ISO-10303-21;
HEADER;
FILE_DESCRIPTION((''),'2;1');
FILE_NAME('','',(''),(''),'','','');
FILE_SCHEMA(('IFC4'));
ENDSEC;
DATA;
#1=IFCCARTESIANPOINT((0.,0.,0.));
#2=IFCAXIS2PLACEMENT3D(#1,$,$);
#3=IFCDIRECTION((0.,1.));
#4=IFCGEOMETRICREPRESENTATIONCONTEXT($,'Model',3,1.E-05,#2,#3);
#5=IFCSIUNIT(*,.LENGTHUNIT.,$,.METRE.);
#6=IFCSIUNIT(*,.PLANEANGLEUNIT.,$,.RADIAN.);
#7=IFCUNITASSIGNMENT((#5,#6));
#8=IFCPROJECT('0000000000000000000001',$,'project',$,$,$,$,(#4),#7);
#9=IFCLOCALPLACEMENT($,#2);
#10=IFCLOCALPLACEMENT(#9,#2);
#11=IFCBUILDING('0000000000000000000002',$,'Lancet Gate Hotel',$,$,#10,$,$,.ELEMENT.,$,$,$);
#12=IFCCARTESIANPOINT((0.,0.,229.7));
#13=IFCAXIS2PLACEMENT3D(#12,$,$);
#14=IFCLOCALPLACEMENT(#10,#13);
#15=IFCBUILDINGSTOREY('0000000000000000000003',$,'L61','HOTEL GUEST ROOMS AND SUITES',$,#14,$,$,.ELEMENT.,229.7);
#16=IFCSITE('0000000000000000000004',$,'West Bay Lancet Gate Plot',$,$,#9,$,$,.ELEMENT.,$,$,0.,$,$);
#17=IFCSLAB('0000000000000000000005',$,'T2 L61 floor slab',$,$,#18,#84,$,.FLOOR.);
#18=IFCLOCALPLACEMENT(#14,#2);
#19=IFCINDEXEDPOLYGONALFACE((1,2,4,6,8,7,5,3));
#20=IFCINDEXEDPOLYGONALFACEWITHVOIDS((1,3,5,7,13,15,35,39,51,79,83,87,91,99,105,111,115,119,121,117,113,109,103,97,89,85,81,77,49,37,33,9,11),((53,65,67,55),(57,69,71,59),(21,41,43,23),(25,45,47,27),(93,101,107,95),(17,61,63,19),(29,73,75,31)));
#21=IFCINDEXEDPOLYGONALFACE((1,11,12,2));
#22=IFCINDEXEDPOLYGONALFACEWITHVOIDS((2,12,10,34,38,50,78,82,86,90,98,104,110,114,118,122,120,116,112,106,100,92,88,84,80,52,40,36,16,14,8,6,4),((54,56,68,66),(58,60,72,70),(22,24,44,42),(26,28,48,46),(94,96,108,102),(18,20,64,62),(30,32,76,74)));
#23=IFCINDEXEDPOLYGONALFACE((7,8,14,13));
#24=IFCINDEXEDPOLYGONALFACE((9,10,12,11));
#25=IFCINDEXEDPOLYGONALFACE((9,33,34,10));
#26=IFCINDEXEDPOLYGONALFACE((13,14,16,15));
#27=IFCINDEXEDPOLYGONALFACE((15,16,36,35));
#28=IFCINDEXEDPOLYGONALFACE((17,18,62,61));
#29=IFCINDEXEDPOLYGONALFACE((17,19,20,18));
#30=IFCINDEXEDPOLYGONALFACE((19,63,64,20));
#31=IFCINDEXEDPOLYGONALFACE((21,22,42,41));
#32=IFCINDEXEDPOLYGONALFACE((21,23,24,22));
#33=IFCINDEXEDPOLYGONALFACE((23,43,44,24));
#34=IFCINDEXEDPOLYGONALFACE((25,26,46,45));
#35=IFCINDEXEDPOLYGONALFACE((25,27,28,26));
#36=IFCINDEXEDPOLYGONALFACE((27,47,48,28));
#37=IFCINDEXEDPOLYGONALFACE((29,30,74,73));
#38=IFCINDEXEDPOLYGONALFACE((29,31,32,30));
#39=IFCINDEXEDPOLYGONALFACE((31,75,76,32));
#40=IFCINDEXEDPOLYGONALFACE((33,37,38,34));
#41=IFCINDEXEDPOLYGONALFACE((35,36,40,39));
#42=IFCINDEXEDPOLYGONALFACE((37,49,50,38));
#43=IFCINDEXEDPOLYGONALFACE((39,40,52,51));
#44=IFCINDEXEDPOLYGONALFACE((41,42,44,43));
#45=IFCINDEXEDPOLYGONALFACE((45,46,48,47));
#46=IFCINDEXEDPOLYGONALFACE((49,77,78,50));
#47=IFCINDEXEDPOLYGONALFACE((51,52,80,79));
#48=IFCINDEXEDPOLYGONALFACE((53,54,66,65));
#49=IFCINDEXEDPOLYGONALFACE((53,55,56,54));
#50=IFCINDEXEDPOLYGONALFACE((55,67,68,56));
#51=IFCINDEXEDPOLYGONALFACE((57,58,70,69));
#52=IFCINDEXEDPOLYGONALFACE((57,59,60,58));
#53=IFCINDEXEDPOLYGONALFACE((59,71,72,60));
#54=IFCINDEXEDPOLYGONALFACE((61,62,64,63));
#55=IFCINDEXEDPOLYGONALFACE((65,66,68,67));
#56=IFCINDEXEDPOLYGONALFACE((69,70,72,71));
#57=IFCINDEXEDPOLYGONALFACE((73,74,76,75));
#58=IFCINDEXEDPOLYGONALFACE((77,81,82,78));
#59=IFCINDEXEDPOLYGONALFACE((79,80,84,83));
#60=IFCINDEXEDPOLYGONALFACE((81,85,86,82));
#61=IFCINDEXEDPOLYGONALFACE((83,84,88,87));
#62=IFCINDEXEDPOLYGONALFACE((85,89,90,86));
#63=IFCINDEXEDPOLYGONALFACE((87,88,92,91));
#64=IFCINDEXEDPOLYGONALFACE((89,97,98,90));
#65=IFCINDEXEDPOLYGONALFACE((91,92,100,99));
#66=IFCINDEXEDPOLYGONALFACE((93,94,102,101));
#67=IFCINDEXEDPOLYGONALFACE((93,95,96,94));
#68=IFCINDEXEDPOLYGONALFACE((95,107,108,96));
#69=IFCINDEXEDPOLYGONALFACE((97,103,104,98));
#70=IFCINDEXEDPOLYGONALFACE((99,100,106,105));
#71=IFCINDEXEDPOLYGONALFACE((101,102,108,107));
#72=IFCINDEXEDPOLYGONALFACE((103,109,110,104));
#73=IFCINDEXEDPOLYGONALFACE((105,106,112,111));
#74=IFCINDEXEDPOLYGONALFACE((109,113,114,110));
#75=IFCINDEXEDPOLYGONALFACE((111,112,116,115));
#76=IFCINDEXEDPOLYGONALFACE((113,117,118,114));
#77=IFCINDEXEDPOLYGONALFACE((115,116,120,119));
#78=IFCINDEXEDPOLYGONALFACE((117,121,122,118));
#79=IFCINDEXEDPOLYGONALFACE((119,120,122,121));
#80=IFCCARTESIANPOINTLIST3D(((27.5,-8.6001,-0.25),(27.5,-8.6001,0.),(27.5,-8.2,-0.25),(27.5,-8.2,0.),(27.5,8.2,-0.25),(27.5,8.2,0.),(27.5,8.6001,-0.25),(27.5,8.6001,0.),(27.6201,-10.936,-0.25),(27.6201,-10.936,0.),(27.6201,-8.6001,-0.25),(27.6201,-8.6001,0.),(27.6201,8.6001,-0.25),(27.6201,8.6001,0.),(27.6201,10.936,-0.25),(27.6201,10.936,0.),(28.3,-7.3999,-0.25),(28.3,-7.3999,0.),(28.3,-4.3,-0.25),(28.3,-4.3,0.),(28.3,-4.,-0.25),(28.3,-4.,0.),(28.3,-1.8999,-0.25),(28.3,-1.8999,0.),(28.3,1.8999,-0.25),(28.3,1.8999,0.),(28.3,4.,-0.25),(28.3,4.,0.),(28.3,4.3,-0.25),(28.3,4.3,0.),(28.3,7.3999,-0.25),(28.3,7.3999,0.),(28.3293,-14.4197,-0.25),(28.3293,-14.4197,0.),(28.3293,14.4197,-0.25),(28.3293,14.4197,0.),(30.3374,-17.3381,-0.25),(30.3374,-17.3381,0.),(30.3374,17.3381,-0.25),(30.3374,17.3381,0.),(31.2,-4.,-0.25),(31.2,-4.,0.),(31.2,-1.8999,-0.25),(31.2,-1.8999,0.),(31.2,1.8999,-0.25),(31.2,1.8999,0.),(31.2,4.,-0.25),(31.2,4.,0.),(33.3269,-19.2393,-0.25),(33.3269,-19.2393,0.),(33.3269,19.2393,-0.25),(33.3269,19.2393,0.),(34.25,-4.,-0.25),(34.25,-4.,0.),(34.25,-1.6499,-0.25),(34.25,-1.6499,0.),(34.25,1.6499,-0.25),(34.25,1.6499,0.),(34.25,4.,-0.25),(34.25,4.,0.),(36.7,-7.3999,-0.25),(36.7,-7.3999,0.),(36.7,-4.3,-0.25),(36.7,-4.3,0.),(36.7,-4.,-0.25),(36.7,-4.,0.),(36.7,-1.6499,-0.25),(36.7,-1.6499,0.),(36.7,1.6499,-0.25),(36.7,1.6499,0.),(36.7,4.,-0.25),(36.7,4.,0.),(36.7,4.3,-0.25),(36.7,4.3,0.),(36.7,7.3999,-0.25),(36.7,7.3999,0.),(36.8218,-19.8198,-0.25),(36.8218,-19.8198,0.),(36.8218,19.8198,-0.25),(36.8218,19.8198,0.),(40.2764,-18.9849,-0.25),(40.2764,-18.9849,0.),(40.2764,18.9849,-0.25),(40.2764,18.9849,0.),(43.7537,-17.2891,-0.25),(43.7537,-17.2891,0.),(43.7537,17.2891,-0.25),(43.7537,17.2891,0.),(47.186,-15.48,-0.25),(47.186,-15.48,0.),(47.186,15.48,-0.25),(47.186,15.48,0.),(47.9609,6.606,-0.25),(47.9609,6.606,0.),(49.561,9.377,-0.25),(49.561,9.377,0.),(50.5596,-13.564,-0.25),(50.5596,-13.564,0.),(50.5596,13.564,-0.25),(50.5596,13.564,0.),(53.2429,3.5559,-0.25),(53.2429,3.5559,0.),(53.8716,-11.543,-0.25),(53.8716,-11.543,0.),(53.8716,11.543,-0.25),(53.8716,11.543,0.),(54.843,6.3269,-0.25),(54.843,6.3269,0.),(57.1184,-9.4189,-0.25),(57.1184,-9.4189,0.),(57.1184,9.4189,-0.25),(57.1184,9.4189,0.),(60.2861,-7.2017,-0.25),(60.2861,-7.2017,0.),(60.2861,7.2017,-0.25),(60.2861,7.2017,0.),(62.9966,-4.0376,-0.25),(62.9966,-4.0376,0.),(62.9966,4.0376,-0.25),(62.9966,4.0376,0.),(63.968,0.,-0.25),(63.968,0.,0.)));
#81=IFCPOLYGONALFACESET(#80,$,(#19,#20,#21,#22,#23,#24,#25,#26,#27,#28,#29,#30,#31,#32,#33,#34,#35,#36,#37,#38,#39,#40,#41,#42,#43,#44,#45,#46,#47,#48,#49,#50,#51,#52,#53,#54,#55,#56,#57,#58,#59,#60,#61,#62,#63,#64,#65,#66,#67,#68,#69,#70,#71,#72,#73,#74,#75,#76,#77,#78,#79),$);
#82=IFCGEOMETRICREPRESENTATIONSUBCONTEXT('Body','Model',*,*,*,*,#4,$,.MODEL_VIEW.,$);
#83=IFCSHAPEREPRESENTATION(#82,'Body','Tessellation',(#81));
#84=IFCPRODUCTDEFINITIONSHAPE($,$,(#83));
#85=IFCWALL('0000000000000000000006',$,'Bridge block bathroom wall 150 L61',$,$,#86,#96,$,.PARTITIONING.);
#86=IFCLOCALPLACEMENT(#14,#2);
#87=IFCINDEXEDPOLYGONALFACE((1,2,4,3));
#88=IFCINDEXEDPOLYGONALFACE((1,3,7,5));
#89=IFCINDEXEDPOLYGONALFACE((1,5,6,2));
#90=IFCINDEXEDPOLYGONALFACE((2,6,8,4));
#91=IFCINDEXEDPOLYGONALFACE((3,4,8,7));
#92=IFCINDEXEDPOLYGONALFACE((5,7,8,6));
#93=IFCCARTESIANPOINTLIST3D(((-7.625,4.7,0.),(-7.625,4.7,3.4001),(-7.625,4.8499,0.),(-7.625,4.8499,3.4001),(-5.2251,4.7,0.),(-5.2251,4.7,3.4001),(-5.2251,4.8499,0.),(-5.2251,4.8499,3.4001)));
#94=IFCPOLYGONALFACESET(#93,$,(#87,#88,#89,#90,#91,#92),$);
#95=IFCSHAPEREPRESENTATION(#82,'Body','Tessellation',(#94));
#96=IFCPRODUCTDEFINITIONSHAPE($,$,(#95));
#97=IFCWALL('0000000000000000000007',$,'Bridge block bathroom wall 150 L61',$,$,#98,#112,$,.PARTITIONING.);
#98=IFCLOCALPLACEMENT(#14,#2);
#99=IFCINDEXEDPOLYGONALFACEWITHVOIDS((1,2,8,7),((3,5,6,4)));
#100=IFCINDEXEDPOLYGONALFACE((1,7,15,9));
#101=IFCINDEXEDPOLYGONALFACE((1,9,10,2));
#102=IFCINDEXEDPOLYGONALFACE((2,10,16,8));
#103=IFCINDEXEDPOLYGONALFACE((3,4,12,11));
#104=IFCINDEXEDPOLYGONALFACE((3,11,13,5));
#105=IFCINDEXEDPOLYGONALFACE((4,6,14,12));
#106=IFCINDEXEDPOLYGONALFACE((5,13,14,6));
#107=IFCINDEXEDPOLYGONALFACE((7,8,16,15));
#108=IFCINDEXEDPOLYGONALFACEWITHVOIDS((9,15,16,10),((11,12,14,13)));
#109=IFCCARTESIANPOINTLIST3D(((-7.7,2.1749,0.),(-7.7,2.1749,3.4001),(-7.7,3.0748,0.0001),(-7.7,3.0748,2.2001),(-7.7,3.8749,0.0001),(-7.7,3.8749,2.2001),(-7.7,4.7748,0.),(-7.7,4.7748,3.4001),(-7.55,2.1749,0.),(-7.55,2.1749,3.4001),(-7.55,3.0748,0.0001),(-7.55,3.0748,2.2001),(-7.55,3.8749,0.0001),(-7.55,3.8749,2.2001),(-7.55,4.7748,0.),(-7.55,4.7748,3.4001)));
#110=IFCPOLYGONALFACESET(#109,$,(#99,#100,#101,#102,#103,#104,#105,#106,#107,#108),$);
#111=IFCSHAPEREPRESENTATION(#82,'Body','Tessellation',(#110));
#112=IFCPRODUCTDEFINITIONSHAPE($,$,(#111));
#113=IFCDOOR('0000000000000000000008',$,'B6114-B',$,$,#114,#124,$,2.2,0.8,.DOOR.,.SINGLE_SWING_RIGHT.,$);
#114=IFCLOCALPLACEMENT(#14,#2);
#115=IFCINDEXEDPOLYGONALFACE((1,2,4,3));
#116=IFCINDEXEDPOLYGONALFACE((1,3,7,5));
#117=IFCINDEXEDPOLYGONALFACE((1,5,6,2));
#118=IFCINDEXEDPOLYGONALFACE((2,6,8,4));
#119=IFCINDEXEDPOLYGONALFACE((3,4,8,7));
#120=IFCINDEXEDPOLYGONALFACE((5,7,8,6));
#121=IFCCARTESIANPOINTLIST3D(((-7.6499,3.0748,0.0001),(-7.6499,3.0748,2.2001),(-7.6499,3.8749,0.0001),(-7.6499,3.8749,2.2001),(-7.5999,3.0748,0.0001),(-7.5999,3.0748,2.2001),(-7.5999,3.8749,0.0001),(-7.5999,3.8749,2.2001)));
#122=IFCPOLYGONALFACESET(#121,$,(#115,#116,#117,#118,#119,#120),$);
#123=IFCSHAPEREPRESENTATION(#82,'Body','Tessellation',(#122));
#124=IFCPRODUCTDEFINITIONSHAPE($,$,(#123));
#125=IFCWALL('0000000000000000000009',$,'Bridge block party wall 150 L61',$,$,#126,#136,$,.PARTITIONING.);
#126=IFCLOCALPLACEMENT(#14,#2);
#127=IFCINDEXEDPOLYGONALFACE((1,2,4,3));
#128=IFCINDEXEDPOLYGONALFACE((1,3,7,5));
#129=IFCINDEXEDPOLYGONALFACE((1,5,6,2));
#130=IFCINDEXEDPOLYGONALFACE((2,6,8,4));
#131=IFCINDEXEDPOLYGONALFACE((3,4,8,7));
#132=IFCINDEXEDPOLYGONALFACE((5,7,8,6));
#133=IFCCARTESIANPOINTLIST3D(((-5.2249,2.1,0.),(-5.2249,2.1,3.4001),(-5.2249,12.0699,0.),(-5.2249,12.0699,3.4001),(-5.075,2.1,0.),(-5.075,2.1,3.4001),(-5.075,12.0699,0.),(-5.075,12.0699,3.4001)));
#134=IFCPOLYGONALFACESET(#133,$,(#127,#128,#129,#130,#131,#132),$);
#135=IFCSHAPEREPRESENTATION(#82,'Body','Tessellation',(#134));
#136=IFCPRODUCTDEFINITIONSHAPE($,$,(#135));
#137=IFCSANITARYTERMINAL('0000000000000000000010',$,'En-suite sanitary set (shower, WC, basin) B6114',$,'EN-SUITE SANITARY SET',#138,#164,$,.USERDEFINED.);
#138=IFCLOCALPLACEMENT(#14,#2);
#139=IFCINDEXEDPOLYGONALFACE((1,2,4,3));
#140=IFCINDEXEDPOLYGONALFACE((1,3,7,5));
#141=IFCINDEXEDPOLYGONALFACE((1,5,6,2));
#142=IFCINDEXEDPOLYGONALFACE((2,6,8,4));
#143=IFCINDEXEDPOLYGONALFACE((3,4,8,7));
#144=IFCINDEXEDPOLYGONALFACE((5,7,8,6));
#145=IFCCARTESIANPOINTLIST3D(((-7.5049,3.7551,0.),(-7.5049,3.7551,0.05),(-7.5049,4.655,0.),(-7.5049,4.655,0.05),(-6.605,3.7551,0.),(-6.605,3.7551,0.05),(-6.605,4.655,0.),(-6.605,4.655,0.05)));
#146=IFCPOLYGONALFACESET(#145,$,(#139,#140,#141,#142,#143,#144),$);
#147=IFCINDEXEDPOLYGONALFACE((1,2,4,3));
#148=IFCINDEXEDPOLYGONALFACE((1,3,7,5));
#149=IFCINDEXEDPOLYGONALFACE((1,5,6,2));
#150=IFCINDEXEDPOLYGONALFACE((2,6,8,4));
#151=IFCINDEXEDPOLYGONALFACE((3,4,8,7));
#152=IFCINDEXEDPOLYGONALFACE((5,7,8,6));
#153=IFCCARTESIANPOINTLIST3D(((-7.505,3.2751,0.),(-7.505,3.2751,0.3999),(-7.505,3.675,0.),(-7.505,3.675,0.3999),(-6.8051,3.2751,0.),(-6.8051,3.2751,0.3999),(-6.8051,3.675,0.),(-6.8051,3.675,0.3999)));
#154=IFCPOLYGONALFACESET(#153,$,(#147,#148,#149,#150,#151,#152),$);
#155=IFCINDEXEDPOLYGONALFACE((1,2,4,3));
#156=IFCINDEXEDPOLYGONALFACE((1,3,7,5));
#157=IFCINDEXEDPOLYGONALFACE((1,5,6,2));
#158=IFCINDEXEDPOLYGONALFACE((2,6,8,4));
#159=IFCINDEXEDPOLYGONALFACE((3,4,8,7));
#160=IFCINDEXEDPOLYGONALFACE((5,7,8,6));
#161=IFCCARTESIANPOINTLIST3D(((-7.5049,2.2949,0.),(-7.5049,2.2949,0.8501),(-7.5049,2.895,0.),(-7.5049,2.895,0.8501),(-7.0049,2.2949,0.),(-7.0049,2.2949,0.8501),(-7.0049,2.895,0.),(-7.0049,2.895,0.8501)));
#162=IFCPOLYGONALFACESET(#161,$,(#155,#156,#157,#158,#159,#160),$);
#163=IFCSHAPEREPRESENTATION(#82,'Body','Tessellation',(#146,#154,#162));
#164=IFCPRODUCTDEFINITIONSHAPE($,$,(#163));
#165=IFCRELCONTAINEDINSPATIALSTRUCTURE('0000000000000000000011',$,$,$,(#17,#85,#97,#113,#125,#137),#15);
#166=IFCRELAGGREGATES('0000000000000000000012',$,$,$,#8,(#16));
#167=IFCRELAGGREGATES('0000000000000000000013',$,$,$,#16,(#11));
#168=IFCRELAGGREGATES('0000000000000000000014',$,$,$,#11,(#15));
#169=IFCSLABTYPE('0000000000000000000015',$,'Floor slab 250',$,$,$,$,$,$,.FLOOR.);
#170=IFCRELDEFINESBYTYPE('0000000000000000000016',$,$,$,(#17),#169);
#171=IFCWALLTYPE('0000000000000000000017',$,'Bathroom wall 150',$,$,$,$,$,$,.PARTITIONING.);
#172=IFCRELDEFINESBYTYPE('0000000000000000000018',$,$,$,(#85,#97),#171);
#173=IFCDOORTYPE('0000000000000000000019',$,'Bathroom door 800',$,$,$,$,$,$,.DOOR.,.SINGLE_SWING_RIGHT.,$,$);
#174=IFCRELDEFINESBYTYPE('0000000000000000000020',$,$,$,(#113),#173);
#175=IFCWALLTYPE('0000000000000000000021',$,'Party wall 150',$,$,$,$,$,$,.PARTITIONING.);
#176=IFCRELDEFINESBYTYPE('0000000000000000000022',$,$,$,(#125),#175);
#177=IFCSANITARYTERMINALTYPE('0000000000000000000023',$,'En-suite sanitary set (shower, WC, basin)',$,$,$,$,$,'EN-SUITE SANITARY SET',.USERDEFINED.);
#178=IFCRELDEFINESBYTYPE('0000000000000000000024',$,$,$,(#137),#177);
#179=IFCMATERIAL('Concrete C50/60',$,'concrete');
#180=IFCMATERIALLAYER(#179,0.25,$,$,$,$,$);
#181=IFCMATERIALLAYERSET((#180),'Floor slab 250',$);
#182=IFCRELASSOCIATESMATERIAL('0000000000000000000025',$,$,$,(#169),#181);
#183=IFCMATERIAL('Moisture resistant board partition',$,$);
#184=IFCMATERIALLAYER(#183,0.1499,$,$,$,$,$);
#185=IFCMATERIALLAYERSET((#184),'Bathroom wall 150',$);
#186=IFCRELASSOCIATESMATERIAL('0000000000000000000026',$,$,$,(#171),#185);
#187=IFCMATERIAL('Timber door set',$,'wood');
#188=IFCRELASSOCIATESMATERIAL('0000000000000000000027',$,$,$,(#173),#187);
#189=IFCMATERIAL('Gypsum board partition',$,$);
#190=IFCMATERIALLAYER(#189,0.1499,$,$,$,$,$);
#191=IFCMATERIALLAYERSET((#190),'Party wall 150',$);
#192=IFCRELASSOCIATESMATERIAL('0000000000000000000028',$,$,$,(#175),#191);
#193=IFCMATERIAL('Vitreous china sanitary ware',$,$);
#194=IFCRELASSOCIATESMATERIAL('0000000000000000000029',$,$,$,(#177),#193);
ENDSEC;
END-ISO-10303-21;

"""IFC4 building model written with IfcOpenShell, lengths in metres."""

from ifc_helpers import new_model, si_unit, direction, frame, frame_2d, origin, origin_2d, place, context, subcontext, project, spatial, polyline, rectangle, outline, extrude, material, layer, layer_set, type_object, element, fill, save


model = new_model("IFC4")

# Units and contexts
model_context = context("Model", 3, precision=1e-05, world=origin(), true_north=direction((0.0, 1.0)))
body_context = subcontext(model_context, "Body", "Model", "MODEL_VIEW")
ifc_project = project(units=[si_unit("LENGTHUNIT", "METRE"), si_unit("PLANEANGLEUNIT", "RADIAN")], contexts=[model_context])

# Site, building, storey
site_placement = place(None, origin())
site = spatial("IfcSite", under=ifc_project, at=site_placement, Name="West Bay Lancet Gate Plot", CompositionType="ELEMENT", RefElevation=0.0)
building_placement = place(site_placement, origin())
building = spatial("IfcBuilding", under=site, at=building_placement, Name="Lancet Gate Hotel", CompositionType="ELEMENT")
storey_placement = place(building_placement, frame((0.0, 0.0, 229.7)))
storey = spatial("IfcBuildingStorey", under=building, at=storey_placement, Name="L61", Description="HOTEL GUEST ROOMS AND SUITES", CompositionType="ELEMENT", Elevation=229.7)

# Slab
ifc_material_1 = material(Name="Concrete C50/60", Category="concrete")
ifc_layer_1 = layer(ifc_material_1, 0.25)
ifc_layer_set_1 = layer_set([ifc_layer_1], Name="Floor slab 250")
slab_type_1 = type_object("IfcSlabType", Name="Floor slab 250", PredefinedType="FLOOR", material=ifc_layer_set_1)
slab_1_placement = place(storey_placement, frame((0.0, 0.0, -0.25)))
element("IfcSlab", 1, at=slab_1_placement, inside=storey, type_object=slab_type_1, Name="T2 L61 floor slab", PredefinedType="FLOOR", context=body_context, shape_type="SweptSolid", body=[
    extrude(outline(polyline([(27.5, -8.6001), (27.6201, -8.6001), (27.6201, -10.936), (28.3293, -14.4197), (30.3374, -17.3381), (33.3269, -19.2393), (36.8218, -19.8198), (40.2764, -18.9849), (43.7537, -17.2891), (47.186, -15.48), (50.5596, -13.564), (53.8716, -11.543), (57.1184, -9.4189), (60.2861, -7.2017), (62.9966, -4.0376), (63.968, 0.0), (62.9966, 4.0376), (60.2861, 7.2017), (57.1184, 9.4189), (53.8716, 11.543), (50.5596, 13.564), (47.186, 15.48), (43.7537, 17.2891), (40.2764, 18.9849), (36.8218, 19.8198), (33.3269, 19.2393), (30.3374, 17.3381), (28.3293, 14.4197), (27.6201, 10.936), (27.6201, 8.6001), (27.5, 8.6001), (27.5, 8.2), (27.5, -8.2), (27.5, -8.6001)]), holes=[polyline([(36.7, -7.3999), (36.7, -4.3), (28.3, -4.3), (28.3, -7.3999), (36.7, -7.3999)]), polyline([(28.3, -4.0), (31.2, -4.0), (31.2, -1.8999), (28.3, -1.8999), (28.3, -4.0)]), polyline([(34.25, -4.0), (36.7, -4.0), (36.7, -1.6499), (34.25, -1.6499), (34.25, -4.0)]), polyline([(36.7, 1.6499), (36.7, 4.0), (34.25, 4.0), (34.25, 1.6499), (36.7, 1.6499)]), polyline([(28.3, 1.8999), (31.2, 1.8999), (31.2, 4.0), (28.3, 4.0), (28.3, 1.8999)]), polyline([(28.3, 4.3), (36.7, 4.3), (36.7, 7.3999), (28.3, 7.3999), (28.3, 4.3)]), polyline([(53.2429, 3.5559), (54.843, 6.3269), (49.561, 9.377), (47.9609, 6.606), (53.2429, 3.5559)])]), origin(), (0.0, 0.0, 1.0), 0.25),
])

# Wall
ifc_material_2 = material(Name="Moisture resistant board partition")
ifc_layer_2 = layer(ifc_material_2, 0.1499)
ifc_layer_set_2 = layer_set([ifc_layer_2], Name="Bathroom wall 150")
wall_type_1 = type_object("IfcWallType", Name="Bathroom wall 150", PredefinedType="PARTITIONING", material=ifc_layer_set_2)
wall_1_placement = place(storey_placement, frame((-7.625, 4.7749, 0.0), z_axis=(0.0, 0.0, 1.0), x_axis=(1.0, 0.0, 0.0)))
element("IfcWall", 2, at=wall_1_placement, inside=storey, type_object=wall_type_1, Name="Bridge block bathroom wall 150 L61", PredefinedType="PARTITIONING", context=body_context, shape_type="SweptSolid", body=[
    extrude(rectangle(XDim=2.3999, YDim=0.1499, at=frame_2d((1.2, 0.0))), origin(), (0.0, 0.0, 1.0), 3.4001),
])

# Wall, opening, door
wall_2_placement = place(storey_placement, frame((-7.625, 2.175, 0.0), z_axis=(0.0, 0.0, 1.0), x_axis=(0.0, 1.0, 0.0)))
wall_2 = element("IfcWall", 3, at=wall_2_placement, inside=storey, type_object=wall_type_1, Name="Bridge block bathroom wall 150 L61", PredefinedType="PARTITIONING", context=body_context, shape_type="SweptSolid", body=[
    extrude(rectangle(XDim=2.5999, YDim=0.1499, at=frame_2d((1.2998, 0.0))), origin(), (0.0, 0.0, 1.0), 3.4001),
])
opening_placement = place(wall_2_placement, frame((0.8999, 0.0, 0.0)))
opening = element("IfcOpeningElement", 4, at=opening_placement, cuts=wall_2, PredefinedType="OPENING", context=body_context, shape_type="SweptSolid", body=[
    extrude(rectangle(XDim=0.8, YDim=2.2, at=frame_2d((0.3999, 1.1001))), frame((0.0, 0.085, 0.0), z_axis=(0.0, -1.0, 0.0), x_axis=(1.0, 0.0, 0.0)), (0.0, 0.0, 1.0), 0.1699),
])
ifc_material_3 = material(Name="Timber door set", Category="wood")
door_type = type_object("IfcDoorType", Name="Bathroom door 800", OperationType="SINGLE_SWING_RIGHT", PredefinedType="DOOR", material=ifc_material_3)
door_placement = place(opening_placement, origin())
door = element("IfcDoor", 5, at=door_placement, inside=storey, type_object=door_type, Name="B6114-B", OperationType="SINGLE_SWING_RIGHT", OverallHeight=2.2, OverallWidth=0.8, PredefinedType="DOOR", context=body_context, shape_type="SweptSolid", body=[
    extrude(rectangle(XDim=0.8, YDim=2.2, at=frame_2d((0.3999, 1.1001))), frame((0.0, 0.0249, 0.0), z_axis=(0.0, -1.0, 0.0), x_axis=(1.0, 0.0, 0.0)), (0.0, 0.0, 1.0), 0.05),
])
fill(opening, door)

# Wall
ifc_material_4 = material(Name="Gypsum board partition")
ifc_layer_3 = layer(ifc_material_4, 0.1499)
ifc_layer_set_3 = layer_set([ifc_layer_3], Name="Party wall 150")
wall_type_2 = type_object("IfcWallType", Name="Party wall 150", PredefinedType="PARTITIONING", material=ifc_layer_set_3)
wall_3_placement = place(storey_placement, frame((-5.1499, 2.1001, 0.0), z_axis=(0.0, 0.0, 1.0), x_axis=(0.0, 1.0, 0.0)))
element("IfcWall", 6, at=wall_3_placement, inside=storey, type_object=wall_type_2, Name="Bridge block party wall 150 L61", PredefinedType="PARTITIONING", context=body_context, shape_type="SweptSolid", body=[
    extrude(rectangle(XDim=9.97, YDim=0.1499, at=frame_2d((4.9849, 0.0))), origin(), (0.0, 0.0, 1.0), 3.4001),
])

# Sanitary terminal
ifc_material_5 = material(Name="Vitreous china sanitary ware")
sanitary_terminal_type = type_object("IfcSanitaryTerminalType", Name="En-suite sanitary set (shower, WC, basin)", ElementType="EN-SUITE SANITARY SET", PredefinedType="USERDEFINED", material=ifc_material_5)
sanitary_terminal_placement = place(storey_placement, frame((-7.0549, 4.2051, 0.0), z_axis=(0.0, 0.0, 1.0), x_axis=(1.0, 0.0, 0.0)))
element("IfcSanitaryTerminal", 7, at=sanitary_terminal_placement, inside=storey, type_object=sanitary_terminal_type, Name="En-suite sanitary set (shower, WC, basin) B6114", ObjectType="EN-SUITE SANITARY SET", PredefinedType="USERDEFINED", context=body_context, shape_type="SweptSolid", body=[
    extrude(rectangle(XDim=0.8999, YDim=0.8999, at=origin_2d()), frame((0.0, 0.0, 0.0), z_axis=(0.0, 0.0, 1.0), x_axis=(0.0, 1.0, 0.0)), (0.0, 0.0, 1.0), 0.05),
    extrude(rectangle(XDim=0.3999, YDim=0.7, at=origin_2d()), frame((-0.1001, -0.73, 0.0), z_axis=(0.0, 0.0, 1.0), x_axis=(0.0, 1.0, 0.0)), (0.0, 0.0, 1.0), 0.3999),
    extrude(rectangle(XDim=0.6001, YDim=0.5, at=origin_2d()), frame((-0.2, -1.6101, 0.0), z_axis=(0.0, 0.0, 1.0), x_axis=(0.0, 1.0, 0.0)), (0.0, 0.0, 1.0), 0.8501),
])

save(model, "model.ifc")
